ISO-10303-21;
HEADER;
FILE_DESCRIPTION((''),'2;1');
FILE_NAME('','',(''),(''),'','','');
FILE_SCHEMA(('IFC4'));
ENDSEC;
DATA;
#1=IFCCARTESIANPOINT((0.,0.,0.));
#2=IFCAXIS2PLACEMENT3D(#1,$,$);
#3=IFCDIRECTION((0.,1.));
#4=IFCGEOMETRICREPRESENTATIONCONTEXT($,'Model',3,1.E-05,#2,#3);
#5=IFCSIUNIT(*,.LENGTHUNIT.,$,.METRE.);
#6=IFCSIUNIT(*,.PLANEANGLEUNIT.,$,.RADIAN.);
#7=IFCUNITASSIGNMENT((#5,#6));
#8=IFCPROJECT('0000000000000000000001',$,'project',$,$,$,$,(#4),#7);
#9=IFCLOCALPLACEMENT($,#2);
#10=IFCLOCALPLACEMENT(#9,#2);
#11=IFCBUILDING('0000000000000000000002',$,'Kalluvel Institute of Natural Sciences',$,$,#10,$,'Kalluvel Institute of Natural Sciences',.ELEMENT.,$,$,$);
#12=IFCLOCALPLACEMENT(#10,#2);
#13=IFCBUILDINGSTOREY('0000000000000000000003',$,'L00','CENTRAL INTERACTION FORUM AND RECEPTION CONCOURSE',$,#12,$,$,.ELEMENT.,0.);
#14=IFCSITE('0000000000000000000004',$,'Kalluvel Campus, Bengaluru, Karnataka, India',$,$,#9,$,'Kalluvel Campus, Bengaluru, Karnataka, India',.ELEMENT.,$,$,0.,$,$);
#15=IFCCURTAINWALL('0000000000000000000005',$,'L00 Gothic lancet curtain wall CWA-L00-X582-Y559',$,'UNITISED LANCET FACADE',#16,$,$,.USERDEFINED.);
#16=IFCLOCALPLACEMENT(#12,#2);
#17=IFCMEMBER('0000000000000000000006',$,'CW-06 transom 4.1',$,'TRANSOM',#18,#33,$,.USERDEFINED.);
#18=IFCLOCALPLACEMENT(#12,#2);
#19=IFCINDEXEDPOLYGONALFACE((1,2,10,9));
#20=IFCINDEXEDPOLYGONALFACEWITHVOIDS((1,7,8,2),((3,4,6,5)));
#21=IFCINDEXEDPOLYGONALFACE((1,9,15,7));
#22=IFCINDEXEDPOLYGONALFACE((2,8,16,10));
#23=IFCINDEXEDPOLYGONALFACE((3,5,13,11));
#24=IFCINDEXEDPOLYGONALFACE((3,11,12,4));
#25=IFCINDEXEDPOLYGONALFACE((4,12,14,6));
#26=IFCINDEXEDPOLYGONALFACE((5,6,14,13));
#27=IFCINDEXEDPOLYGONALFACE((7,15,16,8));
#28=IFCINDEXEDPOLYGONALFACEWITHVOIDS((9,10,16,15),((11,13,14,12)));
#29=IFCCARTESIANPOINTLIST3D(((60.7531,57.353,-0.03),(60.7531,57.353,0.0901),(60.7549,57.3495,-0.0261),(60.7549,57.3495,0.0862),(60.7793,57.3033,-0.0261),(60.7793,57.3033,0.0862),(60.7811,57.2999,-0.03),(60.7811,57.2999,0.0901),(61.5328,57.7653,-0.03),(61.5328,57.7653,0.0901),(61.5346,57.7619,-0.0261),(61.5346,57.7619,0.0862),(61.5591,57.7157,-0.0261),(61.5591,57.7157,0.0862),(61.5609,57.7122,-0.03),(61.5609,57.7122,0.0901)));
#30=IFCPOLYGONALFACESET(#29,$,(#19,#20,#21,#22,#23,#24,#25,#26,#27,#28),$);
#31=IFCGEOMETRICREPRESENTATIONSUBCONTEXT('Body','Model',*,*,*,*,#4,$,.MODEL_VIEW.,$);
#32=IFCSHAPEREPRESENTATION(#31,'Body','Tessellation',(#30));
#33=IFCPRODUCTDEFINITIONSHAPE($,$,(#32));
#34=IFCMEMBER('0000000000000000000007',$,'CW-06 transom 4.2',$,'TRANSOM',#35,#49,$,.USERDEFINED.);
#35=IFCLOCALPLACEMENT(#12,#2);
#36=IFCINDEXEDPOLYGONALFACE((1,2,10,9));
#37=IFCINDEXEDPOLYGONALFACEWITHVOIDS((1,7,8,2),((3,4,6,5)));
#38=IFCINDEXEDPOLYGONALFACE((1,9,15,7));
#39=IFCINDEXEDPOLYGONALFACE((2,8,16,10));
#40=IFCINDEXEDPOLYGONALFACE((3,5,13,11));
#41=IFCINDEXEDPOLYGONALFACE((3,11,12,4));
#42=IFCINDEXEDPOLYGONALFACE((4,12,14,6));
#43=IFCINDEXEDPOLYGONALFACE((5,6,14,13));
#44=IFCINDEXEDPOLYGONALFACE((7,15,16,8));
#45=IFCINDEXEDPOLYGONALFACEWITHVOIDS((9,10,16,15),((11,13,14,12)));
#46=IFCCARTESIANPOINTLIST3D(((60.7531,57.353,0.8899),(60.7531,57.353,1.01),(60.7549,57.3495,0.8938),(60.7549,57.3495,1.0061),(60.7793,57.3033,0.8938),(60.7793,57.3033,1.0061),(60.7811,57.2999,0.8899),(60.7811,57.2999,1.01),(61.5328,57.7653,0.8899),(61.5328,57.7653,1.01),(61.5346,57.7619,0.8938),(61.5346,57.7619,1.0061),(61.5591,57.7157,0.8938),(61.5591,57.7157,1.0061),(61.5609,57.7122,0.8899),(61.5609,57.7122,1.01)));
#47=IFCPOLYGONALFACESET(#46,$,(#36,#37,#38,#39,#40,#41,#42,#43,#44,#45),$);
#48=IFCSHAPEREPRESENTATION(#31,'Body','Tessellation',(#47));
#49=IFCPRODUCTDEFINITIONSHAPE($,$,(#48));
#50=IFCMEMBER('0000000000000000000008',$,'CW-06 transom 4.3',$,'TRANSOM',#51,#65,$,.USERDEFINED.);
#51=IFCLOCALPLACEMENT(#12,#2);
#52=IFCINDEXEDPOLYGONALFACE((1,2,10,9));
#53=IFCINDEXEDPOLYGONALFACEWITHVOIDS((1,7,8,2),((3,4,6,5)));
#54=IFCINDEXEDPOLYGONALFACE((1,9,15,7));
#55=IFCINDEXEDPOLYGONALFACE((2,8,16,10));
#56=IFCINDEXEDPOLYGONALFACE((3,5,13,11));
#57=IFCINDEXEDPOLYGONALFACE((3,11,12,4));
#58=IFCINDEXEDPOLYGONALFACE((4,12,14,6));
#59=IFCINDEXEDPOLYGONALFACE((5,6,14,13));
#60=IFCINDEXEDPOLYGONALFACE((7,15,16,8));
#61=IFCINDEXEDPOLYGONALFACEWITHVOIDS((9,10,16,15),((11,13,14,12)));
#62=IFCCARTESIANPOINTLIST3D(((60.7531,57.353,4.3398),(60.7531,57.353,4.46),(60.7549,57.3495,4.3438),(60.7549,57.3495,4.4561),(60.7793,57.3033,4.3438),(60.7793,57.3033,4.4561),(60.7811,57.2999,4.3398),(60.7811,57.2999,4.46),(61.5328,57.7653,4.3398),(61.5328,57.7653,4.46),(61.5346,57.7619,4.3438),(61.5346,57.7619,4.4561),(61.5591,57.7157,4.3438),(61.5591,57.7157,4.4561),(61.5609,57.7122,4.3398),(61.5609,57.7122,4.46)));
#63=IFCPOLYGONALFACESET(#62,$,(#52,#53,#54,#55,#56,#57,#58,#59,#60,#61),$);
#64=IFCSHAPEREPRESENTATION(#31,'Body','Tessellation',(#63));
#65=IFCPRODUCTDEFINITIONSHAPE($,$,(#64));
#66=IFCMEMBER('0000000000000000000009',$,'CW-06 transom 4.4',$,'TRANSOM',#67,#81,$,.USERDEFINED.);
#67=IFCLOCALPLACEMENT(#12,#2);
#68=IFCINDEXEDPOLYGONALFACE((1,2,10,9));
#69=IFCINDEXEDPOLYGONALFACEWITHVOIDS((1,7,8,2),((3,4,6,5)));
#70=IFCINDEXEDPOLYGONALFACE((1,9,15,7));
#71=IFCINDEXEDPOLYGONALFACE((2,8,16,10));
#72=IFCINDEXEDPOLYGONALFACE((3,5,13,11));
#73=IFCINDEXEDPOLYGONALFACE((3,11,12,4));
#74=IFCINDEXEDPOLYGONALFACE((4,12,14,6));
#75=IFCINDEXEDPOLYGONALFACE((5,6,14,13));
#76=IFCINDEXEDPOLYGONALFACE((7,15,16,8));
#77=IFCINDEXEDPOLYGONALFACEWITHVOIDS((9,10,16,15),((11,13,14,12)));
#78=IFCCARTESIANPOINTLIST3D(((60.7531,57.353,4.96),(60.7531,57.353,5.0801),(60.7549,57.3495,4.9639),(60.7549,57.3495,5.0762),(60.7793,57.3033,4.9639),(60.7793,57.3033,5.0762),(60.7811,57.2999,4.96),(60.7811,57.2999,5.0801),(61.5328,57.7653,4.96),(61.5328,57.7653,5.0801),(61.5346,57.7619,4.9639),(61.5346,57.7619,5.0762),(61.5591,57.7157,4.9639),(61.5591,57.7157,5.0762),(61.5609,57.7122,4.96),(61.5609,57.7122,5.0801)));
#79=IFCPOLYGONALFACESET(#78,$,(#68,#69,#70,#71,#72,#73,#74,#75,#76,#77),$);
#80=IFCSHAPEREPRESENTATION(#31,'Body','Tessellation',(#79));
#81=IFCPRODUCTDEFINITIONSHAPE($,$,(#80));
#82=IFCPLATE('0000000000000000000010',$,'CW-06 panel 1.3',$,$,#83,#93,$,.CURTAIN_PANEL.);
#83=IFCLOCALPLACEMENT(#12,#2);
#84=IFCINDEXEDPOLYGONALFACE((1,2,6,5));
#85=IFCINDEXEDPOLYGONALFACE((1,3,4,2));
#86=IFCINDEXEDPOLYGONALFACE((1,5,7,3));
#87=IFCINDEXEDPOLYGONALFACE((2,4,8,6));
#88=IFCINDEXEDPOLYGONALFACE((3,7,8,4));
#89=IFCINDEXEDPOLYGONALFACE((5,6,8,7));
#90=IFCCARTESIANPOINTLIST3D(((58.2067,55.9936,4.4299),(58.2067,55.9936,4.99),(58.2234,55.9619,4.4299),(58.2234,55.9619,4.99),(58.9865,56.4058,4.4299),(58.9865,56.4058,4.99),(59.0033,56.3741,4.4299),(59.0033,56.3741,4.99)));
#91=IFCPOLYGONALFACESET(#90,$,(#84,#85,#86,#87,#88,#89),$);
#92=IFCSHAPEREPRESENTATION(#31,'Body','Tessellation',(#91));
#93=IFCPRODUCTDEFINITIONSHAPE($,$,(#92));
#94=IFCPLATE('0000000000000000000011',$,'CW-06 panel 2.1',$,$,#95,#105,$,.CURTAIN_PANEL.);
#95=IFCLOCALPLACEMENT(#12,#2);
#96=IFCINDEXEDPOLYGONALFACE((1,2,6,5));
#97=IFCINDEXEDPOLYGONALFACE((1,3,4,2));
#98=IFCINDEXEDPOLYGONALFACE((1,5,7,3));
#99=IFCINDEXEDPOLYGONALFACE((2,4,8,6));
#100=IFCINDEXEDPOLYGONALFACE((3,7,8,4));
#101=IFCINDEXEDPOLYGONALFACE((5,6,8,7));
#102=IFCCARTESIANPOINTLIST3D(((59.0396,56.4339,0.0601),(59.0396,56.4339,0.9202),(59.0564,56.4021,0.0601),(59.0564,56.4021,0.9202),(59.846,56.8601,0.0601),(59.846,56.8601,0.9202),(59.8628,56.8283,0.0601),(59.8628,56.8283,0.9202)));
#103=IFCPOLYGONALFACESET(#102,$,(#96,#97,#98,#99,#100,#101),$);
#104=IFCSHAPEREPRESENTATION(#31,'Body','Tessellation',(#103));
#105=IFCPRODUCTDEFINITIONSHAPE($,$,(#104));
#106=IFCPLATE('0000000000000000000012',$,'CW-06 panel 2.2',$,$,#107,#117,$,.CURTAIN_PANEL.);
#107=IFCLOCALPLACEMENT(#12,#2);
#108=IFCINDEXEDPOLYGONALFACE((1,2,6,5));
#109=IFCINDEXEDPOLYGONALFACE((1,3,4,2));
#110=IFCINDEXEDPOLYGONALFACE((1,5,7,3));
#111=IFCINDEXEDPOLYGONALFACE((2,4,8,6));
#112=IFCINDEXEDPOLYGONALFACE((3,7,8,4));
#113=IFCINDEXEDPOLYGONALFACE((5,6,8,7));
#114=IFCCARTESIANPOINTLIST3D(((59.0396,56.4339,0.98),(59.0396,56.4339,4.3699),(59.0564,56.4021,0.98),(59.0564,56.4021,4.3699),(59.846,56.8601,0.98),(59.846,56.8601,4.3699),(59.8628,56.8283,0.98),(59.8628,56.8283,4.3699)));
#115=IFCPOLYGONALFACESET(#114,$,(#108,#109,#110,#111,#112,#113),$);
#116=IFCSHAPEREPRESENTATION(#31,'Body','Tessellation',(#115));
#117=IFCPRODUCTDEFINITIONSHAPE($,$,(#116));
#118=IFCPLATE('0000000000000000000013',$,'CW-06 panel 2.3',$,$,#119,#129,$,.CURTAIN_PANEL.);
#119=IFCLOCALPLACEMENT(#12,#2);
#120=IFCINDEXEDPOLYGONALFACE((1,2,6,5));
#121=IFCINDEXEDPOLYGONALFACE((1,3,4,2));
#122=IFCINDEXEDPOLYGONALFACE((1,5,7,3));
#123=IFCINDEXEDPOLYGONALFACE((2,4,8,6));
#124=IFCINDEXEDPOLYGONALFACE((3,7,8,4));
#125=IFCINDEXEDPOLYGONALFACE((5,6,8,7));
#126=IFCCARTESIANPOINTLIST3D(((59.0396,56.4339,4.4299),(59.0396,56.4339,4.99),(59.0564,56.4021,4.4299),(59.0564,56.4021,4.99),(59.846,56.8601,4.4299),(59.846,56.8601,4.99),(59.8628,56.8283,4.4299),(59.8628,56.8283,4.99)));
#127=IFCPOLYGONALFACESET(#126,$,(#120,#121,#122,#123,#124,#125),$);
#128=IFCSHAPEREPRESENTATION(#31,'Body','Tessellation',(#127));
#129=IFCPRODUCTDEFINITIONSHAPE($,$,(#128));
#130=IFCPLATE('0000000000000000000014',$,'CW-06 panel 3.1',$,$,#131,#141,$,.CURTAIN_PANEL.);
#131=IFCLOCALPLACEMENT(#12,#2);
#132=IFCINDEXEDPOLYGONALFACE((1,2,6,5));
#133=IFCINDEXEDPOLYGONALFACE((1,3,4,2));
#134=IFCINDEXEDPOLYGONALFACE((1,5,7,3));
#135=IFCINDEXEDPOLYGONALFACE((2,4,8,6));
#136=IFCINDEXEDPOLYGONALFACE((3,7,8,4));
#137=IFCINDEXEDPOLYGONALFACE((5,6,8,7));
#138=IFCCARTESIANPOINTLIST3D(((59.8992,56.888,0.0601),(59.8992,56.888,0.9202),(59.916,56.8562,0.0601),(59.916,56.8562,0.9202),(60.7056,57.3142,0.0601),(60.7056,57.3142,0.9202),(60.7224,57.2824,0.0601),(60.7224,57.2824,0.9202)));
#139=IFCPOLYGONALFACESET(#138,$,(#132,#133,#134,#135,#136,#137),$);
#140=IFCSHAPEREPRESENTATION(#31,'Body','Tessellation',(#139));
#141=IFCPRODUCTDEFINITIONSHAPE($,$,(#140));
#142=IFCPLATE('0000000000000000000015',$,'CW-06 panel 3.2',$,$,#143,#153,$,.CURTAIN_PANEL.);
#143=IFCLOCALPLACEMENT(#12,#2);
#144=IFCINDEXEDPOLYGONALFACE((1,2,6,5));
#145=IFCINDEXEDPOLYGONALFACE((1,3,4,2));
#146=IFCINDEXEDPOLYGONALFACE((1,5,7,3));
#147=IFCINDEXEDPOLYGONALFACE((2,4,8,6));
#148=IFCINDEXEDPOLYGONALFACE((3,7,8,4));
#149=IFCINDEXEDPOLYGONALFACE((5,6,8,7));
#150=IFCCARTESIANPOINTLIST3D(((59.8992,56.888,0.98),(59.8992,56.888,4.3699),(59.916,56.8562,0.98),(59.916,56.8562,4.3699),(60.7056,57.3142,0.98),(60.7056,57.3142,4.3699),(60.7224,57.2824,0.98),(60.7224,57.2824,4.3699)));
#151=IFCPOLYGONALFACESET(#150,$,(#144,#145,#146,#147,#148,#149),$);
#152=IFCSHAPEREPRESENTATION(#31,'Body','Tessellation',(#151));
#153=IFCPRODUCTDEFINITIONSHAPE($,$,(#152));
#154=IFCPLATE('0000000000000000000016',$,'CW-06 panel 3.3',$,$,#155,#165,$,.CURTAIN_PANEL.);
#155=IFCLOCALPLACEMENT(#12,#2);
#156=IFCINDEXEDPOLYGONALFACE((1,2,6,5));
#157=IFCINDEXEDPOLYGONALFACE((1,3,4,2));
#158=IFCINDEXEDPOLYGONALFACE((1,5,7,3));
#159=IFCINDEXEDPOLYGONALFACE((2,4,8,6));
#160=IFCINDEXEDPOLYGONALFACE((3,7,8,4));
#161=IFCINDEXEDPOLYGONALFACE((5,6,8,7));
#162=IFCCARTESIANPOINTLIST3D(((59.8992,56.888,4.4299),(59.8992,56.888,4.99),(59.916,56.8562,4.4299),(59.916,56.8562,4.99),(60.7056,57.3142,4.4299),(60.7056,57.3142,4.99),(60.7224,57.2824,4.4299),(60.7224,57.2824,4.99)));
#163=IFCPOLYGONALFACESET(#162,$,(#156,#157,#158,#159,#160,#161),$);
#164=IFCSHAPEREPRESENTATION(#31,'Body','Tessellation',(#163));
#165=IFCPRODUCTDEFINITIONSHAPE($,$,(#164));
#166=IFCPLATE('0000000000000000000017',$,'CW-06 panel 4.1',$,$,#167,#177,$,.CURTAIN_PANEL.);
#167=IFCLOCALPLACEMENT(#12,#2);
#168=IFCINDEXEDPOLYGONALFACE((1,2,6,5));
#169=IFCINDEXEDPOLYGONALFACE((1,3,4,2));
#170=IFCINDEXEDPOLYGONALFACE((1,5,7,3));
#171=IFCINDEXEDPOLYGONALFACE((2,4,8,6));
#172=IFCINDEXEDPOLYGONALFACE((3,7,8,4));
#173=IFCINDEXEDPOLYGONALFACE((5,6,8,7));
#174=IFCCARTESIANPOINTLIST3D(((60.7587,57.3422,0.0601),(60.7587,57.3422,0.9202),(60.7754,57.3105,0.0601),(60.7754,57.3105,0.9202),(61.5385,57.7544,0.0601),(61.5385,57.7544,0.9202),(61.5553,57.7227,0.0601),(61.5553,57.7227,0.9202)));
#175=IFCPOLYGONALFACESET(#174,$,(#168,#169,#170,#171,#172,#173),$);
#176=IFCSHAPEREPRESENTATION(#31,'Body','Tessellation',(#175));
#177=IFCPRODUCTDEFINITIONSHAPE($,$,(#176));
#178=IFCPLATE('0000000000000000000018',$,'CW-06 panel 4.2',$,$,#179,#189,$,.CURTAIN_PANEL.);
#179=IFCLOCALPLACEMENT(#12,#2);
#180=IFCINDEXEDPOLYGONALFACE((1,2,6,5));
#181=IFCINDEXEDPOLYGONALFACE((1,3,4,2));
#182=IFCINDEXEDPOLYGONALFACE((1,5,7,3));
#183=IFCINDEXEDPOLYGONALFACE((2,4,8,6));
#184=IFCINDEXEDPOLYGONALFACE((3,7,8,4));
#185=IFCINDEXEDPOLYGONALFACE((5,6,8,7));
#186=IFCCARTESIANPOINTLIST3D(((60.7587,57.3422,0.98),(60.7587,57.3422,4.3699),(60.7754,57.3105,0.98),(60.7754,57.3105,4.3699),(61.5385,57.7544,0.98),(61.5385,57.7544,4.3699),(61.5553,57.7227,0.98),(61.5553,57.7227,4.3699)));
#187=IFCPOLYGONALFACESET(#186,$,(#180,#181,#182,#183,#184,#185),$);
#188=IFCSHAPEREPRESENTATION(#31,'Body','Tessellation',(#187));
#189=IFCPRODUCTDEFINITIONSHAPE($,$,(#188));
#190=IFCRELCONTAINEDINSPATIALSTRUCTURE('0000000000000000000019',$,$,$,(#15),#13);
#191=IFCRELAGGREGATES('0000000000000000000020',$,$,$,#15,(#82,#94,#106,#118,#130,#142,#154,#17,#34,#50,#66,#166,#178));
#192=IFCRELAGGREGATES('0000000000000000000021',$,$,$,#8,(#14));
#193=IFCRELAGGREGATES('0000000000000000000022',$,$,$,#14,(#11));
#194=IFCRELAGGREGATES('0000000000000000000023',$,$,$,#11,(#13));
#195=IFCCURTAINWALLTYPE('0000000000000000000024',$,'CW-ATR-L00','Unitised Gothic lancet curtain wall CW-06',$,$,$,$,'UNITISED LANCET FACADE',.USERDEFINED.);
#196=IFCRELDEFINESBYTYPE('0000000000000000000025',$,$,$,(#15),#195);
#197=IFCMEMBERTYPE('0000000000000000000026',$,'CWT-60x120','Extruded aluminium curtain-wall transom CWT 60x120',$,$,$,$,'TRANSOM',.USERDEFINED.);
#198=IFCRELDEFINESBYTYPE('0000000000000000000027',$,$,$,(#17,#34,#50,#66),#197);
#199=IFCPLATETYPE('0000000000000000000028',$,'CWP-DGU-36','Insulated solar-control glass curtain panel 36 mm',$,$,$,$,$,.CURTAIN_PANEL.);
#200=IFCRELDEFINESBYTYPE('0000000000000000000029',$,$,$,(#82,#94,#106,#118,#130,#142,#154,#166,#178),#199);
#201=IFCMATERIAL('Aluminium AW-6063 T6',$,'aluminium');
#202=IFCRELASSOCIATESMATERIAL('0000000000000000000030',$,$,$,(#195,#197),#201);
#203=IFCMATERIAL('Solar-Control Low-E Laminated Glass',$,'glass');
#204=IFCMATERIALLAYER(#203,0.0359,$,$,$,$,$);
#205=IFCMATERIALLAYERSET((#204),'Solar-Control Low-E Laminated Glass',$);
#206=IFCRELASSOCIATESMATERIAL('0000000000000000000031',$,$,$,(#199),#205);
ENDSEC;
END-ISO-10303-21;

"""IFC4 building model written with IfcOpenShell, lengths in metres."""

from ifc_helpers import new_model, si_unit, direction, frame, origin, origin_2d, place, context, subcontext, project, spatial, rectangle, hollow_rectangle, extrude, material, layer, layer_set, material_profile, profile_set, type_object, element, aggregate, save


model = new_model("IFC4")

# Units and contexts
model_context = context("Model", 3, precision=1e-05, world=origin(), true_north=direction((0.0, 1.0)))
body_context = subcontext(model_context, "Body", "Model", "MODEL_VIEW")
ifc_project = project(units=[si_unit("LENGTHUNIT", "METRE"), si_unit("PLANEANGLEUNIT", "RADIAN")], contexts=[model_context])

# Site, building, storey
site_placement = place(None, origin())
site = spatial("IfcSite", under=ifc_project, at=site_placement, Name="Kalluvel Campus, Bengaluru, Karnataka, India", LongName="Kalluvel Campus, Bengaluru, Karnataka, India", CompositionType="ELEMENT", RefElevation=0.0)
building_placement = place(site_placement, origin())
building = spatial("IfcBuilding", under=site, at=building_placement, Name="Kalluvel Institute of Natural Sciences", LongName="Kalluvel Institute of Natural Sciences", CompositionType="ELEMENT")
storey_placement = place(building_placement, origin())
storey = spatial("IfcBuildingStorey", under=building, at=storey_placement, Name="L00", Description="CENTRAL INTERACTION FORUM AND RECEPTION CONCOURSE", CompositionType="ELEMENT", Elevation=0.0)

# Curtain wall, members, plates
ifc_material_1 = material(Name="Aluminium AW-6063 T6", Category="aluminium")
curtain_wall_type = type_object("IfcCurtainWallType", Name="CW-ATR-L00", Description="Unitised Gothic lancet curtain wall CW-06", ElementType="UNITISED LANCET FACADE", PredefinedType="USERDEFINED", material=ifc_material_1)
curtain_wall_placement = place(storey_placement, origin())
curtain_wall = element("IfcCurtainWall", 1, at=curtain_wall_placement, inside=storey, type_object=curtain_wall_type, Name="L00 Gothic lancet curtain wall CWA-L00-X582-Y559", ObjectType="UNITISED LANCET FACADE", PredefinedType="USERDEFINED")
ifc_material_profile_1 = material_profile(ifc_material_1, hollow_rectangle(XDim=0.0601, YDim=0.1201, WallThickness=0.0039, at=origin_2d()), Name="CWT 60x120")
ifc_profile_set_1 = profile_set([ifc_material_profile_1], Name="Aluminium AW-6063 T6")
member_type_1 = type_object("IfcMemberType", Name="CWT-60x120", Description="Extruded aluminium curtain-wall transom CWT 60x120", ElementType="TRANSOM", PredefinedType="USERDEFINED", material=ifc_profile_set_1)
member_1_placement = place(storey_placement, frame((60.7671, 57.3264, 0.03), z_axis=(0.88401, 0.467468, 0.0), x_axis=(-0.467468, 0.88401, 0.0)))
member_1 = element("IfcMember", 2, at=member_1_placement, type_object=member_type_1, Name="CW-06 transom 4.1", ObjectType="TRANSOM", PredefinedType="USERDEFINED", context=body_context, shape_type="SweptSolid", body=[
    extrude(hollow_rectangle(XDim=0.0601, YDim=0.1201, WallThickness=0.0039, at=origin_2d()), origin(), (0.0, 0.0, 1.0), 0.8821),
])
member_2_placement = place(storey_placement, frame((60.7671, 57.3264, 0.95), z_axis=(0.88401, 0.467468, 0.0), x_axis=(-0.467468, 0.88401, 0.0)))
member_2 = element("IfcMember", 3, at=member_2_placement, type_object=member_type_1, Name="CW-06 transom 4.2", ObjectType="TRANSOM", PredefinedType="USERDEFINED", context=body_context, shape_type="SweptSolid", body=[
    extrude(hollow_rectangle(XDim=0.0601, YDim=0.1201, WallThickness=0.0039, at=origin_2d()), origin(), (0.0, 0.0, 1.0), 0.8821),
])
member_3_placement = place(storey_placement, frame((60.7671, 57.3264, 4.3999), z_axis=(0.88401, 0.467468, 0.0), x_axis=(-0.467468, 0.88401, 0.0)))
member_3 = element("IfcMember", 4, at=member_3_placement, type_object=member_type_1, Name="CW-06 transom 4.3", ObjectType="TRANSOM", PredefinedType="USERDEFINED", context=body_context, shape_type="SweptSolid", body=[
    extrude(hollow_rectangle(XDim=0.0601, YDim=0.1201, WallThickness=0.0039, at=origin_2d()), origin(), (0.0, 0.0, 1.0), 0.8821),
])
member_4_placement = place(storey_placement, frame((60.7671, 57.3264, 5.02), z_axis=(0.88401, 0.467468, 0.0), x_axis=(-0.467468, 0.88401, 0.0)))
member_4 = element("IfcMember", 5, at=member_4_placement, type_object=member_type_1, Name="CW-06 transom 4.4", ObjectType="TRANSOM", PredefinedType="USERDEFINED", context=body_context, shape_type="SweptSolid", body=[
    extrude(hollow_rectangle(XDim=0.0601, YDim=0.1201, WallThickness=0.0039, at=origin_2d()), origin(), (0.0, 0.0, 1.0), 0.8821),
])
ifc_material_2 = material(Name="Solar-Control Low-E Laminated Glass", Category="glass")
ifc_layer = layer(ifc_material_2, 0.0359)
ifc_layer_set = layer_set([ifc_layer], Name="Solar-Control Low-E Laminated Glass")
plate_type = type_object("IfcPlateType", Name="CWP-DGU-36", Description="Insulated solar-control glass curtain panel 36 mm", PredefinedType="CURTAIN_PANEL", material=ifc_layer_set)
plate_1_placement = place(storey_placement, frame((58.605, 56.1838, 4.4299), z_axis=(0.0, 0.0, 1.0), x_axis=(0.884109, 0.467281, 0.0)))
plate_1 = element("IfcPlate", 6, at=plate_1_placement, type_object=plate_type, Name="CW-06 panel 1.3", PredefinedType="CURTAIN_PANEL", context=body_context, shape_type="SweptSolid", body=[
    extrude(rectangle(XDim=0.8821, YDim=0.0359, at=origin_2d()), origin(), (0.0, 0.0, 1.0), 0.5601),
])
plate_2_placement = place(storey_placement, frame((59.4512, 56.6311, 0.0601), z_axis=(0.0, 0.0, 1.0), x_axis=(0.884109, 0.467281, 0.0)))
plate_2 = element("IfcPlate", 7, at=plate_2_placement, type_object=plate_type, Name="CW-06 panel 2.1", PredefinedType="CURTAIN_PANEL", context=body_context, shape_type="SweptSolid", body=[
    extrude(rectangle(XDim=0.9121, YDim=0.0359, at=origin_2d()), origin(), (0.0, 0.0, 1.0), 0.8601),
])
plate_3_placement = place(storey_placement, frame((59.4512, 56.6311, 0.98), z_axis=(0.0, 0.0, 1.0), x_axis=(0.884109, 0.467281, 0.0)))
plate_3 = element("IfcPlate", 8, at=plate_3_placement, type_object=plate_type, Name="CW-06 panel 2.2", PredefinedType="CURTAIN_PANEL", context=body_context, shape_type="SweptSolid", body=[
    extrude(rectangle(XDim=0.9121, YDim=0.0359, at=origin_2d()), origin(), (0.0, 0.0, 1.0), 3.3899),
])
plate_4_placement = place(storey_placement, frame((59.4512, 56.6311, 4.4299), z_axis=(0.0, 0.0, 1.0), x_axis=(0.884109, 0.467281, 0.0)))
plate_4 = element("IfcPlate", 9, at=plate_4_placement, type_object=plate_type, Name="CW-06 panel 2.3", PredefinedType="CURTAIN_PANEL", context=body_context, shape_type="SweptSolid", body=[
    extrude(rectangle(XDim=0.9121, YDim=0.0359, at=origin_2d()), origin(), (0.0, 0.0, 1.0), 0.5601),
])
plate_5_placement = place(storey_placement, frame((60.3108, 57.0852, 0.0601), z_axis=(0.0, 0.0, 1.0), x_axis=(0.884109, 0.467281, 0.0)))
plate_5 = element("IfcPlate", 10, at=plate_5_placement, type_object=plate_type, Name="CW-06 panel 3.1", PredefinedType="CURTAIN_PANEL", context=body_context, shape_type="SweptSolid", body=[
    extrude(rectangle(XDim=0.9121, YDim=0.0359, at=origin_2d()), origin(), (0.0, 0.0, 1.0), 0.8601),
])
plate_6_placement = place(storey_placement, frame((60.3108, 57.0852, 0.98), z_axis=(0.0, 0.0, 1.0), x_axis=(0.884109, 0.467281, 0.0)))
plate_6 = element("IfcPlate", 11, at=plate_6_placement, type_object=plate_type, Name="CW-06 panel 3.2", PredefinedType="CURTAIN_PANEL", context=body_context, shape_type="SweptSolid", body=[
    extrude(rectangle(XDim=0.9121, YDim=0.0359, at=origin_2d()), origin(), (0.0, 0.0, 1.0), 3.3899),
])
plate_7_placement = place(storey_placement, frame((60.3108, 57.0852, 4.4299), z_axis=(0.0, 0.0, 1.0), x_axis=(0.884109, 0.467281, 0.0)))
plate_7 = element("IfcPlate", 12, at=plate_7_placement, type_object=plate_type, Name="CW-06 panel 3.3", PredefinedType="CURTAIN_PANEL", context=body_context, shape_type="SweptSolid", body=[
    extrude(rectangle(XDim=0.9121, YDim=0.0359, at=origin_2d()), origin(), (0.0, 0.0, 1.0), 0.5601),
])
plate_8_placement = place(storey_placement, frame((61.157, 57.5325, 0.0601), z_axis=(0.0, 0.0, 1.0), x_axis=(0.884109, 0.467281, 0.0)))
plate_8 = element("IfcPlate", 13, at=plate_8_placement, type_object=plate_type, Name="CW-06 panel 4.1", PredefinedType="CURTAIN_PANEL", context=body_context, shape_type="SweptSolid", body=[
    extrude(rectangle(XDim=0.8821, YDim=0.0359, at=origin_2d()), origin(), (0.0, 0.0, 1.0), 0.8601),
])
plate_9_placement = place(storey_placement, frame((61.157, 57.5325, 0.98), z_axis=(0.0, 0.0, 1.0), x_axis=(0.884109, 0.467281, 0.0)))
plate_9 = element("IfcPlate", 14, at=plate_9_placement, type_object=plate_type, Name="CW-06 panel 4.2", PredefinedType="CURTAIN_PANEL", context=body_context, shape_type="SweptSolid", body=[
    extrude(rectangle(XDim=0.8821, YDim=0.0359, at=origin_2d()), origin(), (0.0, 0.0, 1.0), 3.3899),
])
aggregate(curtain_wall, [plate_1, plate_2, plate_3, plate_4, plate_5, plate_6, plate_7, member_1, member_2, member_3, member_4, plate_8, plate_9])

save(model, "model.ifc")
